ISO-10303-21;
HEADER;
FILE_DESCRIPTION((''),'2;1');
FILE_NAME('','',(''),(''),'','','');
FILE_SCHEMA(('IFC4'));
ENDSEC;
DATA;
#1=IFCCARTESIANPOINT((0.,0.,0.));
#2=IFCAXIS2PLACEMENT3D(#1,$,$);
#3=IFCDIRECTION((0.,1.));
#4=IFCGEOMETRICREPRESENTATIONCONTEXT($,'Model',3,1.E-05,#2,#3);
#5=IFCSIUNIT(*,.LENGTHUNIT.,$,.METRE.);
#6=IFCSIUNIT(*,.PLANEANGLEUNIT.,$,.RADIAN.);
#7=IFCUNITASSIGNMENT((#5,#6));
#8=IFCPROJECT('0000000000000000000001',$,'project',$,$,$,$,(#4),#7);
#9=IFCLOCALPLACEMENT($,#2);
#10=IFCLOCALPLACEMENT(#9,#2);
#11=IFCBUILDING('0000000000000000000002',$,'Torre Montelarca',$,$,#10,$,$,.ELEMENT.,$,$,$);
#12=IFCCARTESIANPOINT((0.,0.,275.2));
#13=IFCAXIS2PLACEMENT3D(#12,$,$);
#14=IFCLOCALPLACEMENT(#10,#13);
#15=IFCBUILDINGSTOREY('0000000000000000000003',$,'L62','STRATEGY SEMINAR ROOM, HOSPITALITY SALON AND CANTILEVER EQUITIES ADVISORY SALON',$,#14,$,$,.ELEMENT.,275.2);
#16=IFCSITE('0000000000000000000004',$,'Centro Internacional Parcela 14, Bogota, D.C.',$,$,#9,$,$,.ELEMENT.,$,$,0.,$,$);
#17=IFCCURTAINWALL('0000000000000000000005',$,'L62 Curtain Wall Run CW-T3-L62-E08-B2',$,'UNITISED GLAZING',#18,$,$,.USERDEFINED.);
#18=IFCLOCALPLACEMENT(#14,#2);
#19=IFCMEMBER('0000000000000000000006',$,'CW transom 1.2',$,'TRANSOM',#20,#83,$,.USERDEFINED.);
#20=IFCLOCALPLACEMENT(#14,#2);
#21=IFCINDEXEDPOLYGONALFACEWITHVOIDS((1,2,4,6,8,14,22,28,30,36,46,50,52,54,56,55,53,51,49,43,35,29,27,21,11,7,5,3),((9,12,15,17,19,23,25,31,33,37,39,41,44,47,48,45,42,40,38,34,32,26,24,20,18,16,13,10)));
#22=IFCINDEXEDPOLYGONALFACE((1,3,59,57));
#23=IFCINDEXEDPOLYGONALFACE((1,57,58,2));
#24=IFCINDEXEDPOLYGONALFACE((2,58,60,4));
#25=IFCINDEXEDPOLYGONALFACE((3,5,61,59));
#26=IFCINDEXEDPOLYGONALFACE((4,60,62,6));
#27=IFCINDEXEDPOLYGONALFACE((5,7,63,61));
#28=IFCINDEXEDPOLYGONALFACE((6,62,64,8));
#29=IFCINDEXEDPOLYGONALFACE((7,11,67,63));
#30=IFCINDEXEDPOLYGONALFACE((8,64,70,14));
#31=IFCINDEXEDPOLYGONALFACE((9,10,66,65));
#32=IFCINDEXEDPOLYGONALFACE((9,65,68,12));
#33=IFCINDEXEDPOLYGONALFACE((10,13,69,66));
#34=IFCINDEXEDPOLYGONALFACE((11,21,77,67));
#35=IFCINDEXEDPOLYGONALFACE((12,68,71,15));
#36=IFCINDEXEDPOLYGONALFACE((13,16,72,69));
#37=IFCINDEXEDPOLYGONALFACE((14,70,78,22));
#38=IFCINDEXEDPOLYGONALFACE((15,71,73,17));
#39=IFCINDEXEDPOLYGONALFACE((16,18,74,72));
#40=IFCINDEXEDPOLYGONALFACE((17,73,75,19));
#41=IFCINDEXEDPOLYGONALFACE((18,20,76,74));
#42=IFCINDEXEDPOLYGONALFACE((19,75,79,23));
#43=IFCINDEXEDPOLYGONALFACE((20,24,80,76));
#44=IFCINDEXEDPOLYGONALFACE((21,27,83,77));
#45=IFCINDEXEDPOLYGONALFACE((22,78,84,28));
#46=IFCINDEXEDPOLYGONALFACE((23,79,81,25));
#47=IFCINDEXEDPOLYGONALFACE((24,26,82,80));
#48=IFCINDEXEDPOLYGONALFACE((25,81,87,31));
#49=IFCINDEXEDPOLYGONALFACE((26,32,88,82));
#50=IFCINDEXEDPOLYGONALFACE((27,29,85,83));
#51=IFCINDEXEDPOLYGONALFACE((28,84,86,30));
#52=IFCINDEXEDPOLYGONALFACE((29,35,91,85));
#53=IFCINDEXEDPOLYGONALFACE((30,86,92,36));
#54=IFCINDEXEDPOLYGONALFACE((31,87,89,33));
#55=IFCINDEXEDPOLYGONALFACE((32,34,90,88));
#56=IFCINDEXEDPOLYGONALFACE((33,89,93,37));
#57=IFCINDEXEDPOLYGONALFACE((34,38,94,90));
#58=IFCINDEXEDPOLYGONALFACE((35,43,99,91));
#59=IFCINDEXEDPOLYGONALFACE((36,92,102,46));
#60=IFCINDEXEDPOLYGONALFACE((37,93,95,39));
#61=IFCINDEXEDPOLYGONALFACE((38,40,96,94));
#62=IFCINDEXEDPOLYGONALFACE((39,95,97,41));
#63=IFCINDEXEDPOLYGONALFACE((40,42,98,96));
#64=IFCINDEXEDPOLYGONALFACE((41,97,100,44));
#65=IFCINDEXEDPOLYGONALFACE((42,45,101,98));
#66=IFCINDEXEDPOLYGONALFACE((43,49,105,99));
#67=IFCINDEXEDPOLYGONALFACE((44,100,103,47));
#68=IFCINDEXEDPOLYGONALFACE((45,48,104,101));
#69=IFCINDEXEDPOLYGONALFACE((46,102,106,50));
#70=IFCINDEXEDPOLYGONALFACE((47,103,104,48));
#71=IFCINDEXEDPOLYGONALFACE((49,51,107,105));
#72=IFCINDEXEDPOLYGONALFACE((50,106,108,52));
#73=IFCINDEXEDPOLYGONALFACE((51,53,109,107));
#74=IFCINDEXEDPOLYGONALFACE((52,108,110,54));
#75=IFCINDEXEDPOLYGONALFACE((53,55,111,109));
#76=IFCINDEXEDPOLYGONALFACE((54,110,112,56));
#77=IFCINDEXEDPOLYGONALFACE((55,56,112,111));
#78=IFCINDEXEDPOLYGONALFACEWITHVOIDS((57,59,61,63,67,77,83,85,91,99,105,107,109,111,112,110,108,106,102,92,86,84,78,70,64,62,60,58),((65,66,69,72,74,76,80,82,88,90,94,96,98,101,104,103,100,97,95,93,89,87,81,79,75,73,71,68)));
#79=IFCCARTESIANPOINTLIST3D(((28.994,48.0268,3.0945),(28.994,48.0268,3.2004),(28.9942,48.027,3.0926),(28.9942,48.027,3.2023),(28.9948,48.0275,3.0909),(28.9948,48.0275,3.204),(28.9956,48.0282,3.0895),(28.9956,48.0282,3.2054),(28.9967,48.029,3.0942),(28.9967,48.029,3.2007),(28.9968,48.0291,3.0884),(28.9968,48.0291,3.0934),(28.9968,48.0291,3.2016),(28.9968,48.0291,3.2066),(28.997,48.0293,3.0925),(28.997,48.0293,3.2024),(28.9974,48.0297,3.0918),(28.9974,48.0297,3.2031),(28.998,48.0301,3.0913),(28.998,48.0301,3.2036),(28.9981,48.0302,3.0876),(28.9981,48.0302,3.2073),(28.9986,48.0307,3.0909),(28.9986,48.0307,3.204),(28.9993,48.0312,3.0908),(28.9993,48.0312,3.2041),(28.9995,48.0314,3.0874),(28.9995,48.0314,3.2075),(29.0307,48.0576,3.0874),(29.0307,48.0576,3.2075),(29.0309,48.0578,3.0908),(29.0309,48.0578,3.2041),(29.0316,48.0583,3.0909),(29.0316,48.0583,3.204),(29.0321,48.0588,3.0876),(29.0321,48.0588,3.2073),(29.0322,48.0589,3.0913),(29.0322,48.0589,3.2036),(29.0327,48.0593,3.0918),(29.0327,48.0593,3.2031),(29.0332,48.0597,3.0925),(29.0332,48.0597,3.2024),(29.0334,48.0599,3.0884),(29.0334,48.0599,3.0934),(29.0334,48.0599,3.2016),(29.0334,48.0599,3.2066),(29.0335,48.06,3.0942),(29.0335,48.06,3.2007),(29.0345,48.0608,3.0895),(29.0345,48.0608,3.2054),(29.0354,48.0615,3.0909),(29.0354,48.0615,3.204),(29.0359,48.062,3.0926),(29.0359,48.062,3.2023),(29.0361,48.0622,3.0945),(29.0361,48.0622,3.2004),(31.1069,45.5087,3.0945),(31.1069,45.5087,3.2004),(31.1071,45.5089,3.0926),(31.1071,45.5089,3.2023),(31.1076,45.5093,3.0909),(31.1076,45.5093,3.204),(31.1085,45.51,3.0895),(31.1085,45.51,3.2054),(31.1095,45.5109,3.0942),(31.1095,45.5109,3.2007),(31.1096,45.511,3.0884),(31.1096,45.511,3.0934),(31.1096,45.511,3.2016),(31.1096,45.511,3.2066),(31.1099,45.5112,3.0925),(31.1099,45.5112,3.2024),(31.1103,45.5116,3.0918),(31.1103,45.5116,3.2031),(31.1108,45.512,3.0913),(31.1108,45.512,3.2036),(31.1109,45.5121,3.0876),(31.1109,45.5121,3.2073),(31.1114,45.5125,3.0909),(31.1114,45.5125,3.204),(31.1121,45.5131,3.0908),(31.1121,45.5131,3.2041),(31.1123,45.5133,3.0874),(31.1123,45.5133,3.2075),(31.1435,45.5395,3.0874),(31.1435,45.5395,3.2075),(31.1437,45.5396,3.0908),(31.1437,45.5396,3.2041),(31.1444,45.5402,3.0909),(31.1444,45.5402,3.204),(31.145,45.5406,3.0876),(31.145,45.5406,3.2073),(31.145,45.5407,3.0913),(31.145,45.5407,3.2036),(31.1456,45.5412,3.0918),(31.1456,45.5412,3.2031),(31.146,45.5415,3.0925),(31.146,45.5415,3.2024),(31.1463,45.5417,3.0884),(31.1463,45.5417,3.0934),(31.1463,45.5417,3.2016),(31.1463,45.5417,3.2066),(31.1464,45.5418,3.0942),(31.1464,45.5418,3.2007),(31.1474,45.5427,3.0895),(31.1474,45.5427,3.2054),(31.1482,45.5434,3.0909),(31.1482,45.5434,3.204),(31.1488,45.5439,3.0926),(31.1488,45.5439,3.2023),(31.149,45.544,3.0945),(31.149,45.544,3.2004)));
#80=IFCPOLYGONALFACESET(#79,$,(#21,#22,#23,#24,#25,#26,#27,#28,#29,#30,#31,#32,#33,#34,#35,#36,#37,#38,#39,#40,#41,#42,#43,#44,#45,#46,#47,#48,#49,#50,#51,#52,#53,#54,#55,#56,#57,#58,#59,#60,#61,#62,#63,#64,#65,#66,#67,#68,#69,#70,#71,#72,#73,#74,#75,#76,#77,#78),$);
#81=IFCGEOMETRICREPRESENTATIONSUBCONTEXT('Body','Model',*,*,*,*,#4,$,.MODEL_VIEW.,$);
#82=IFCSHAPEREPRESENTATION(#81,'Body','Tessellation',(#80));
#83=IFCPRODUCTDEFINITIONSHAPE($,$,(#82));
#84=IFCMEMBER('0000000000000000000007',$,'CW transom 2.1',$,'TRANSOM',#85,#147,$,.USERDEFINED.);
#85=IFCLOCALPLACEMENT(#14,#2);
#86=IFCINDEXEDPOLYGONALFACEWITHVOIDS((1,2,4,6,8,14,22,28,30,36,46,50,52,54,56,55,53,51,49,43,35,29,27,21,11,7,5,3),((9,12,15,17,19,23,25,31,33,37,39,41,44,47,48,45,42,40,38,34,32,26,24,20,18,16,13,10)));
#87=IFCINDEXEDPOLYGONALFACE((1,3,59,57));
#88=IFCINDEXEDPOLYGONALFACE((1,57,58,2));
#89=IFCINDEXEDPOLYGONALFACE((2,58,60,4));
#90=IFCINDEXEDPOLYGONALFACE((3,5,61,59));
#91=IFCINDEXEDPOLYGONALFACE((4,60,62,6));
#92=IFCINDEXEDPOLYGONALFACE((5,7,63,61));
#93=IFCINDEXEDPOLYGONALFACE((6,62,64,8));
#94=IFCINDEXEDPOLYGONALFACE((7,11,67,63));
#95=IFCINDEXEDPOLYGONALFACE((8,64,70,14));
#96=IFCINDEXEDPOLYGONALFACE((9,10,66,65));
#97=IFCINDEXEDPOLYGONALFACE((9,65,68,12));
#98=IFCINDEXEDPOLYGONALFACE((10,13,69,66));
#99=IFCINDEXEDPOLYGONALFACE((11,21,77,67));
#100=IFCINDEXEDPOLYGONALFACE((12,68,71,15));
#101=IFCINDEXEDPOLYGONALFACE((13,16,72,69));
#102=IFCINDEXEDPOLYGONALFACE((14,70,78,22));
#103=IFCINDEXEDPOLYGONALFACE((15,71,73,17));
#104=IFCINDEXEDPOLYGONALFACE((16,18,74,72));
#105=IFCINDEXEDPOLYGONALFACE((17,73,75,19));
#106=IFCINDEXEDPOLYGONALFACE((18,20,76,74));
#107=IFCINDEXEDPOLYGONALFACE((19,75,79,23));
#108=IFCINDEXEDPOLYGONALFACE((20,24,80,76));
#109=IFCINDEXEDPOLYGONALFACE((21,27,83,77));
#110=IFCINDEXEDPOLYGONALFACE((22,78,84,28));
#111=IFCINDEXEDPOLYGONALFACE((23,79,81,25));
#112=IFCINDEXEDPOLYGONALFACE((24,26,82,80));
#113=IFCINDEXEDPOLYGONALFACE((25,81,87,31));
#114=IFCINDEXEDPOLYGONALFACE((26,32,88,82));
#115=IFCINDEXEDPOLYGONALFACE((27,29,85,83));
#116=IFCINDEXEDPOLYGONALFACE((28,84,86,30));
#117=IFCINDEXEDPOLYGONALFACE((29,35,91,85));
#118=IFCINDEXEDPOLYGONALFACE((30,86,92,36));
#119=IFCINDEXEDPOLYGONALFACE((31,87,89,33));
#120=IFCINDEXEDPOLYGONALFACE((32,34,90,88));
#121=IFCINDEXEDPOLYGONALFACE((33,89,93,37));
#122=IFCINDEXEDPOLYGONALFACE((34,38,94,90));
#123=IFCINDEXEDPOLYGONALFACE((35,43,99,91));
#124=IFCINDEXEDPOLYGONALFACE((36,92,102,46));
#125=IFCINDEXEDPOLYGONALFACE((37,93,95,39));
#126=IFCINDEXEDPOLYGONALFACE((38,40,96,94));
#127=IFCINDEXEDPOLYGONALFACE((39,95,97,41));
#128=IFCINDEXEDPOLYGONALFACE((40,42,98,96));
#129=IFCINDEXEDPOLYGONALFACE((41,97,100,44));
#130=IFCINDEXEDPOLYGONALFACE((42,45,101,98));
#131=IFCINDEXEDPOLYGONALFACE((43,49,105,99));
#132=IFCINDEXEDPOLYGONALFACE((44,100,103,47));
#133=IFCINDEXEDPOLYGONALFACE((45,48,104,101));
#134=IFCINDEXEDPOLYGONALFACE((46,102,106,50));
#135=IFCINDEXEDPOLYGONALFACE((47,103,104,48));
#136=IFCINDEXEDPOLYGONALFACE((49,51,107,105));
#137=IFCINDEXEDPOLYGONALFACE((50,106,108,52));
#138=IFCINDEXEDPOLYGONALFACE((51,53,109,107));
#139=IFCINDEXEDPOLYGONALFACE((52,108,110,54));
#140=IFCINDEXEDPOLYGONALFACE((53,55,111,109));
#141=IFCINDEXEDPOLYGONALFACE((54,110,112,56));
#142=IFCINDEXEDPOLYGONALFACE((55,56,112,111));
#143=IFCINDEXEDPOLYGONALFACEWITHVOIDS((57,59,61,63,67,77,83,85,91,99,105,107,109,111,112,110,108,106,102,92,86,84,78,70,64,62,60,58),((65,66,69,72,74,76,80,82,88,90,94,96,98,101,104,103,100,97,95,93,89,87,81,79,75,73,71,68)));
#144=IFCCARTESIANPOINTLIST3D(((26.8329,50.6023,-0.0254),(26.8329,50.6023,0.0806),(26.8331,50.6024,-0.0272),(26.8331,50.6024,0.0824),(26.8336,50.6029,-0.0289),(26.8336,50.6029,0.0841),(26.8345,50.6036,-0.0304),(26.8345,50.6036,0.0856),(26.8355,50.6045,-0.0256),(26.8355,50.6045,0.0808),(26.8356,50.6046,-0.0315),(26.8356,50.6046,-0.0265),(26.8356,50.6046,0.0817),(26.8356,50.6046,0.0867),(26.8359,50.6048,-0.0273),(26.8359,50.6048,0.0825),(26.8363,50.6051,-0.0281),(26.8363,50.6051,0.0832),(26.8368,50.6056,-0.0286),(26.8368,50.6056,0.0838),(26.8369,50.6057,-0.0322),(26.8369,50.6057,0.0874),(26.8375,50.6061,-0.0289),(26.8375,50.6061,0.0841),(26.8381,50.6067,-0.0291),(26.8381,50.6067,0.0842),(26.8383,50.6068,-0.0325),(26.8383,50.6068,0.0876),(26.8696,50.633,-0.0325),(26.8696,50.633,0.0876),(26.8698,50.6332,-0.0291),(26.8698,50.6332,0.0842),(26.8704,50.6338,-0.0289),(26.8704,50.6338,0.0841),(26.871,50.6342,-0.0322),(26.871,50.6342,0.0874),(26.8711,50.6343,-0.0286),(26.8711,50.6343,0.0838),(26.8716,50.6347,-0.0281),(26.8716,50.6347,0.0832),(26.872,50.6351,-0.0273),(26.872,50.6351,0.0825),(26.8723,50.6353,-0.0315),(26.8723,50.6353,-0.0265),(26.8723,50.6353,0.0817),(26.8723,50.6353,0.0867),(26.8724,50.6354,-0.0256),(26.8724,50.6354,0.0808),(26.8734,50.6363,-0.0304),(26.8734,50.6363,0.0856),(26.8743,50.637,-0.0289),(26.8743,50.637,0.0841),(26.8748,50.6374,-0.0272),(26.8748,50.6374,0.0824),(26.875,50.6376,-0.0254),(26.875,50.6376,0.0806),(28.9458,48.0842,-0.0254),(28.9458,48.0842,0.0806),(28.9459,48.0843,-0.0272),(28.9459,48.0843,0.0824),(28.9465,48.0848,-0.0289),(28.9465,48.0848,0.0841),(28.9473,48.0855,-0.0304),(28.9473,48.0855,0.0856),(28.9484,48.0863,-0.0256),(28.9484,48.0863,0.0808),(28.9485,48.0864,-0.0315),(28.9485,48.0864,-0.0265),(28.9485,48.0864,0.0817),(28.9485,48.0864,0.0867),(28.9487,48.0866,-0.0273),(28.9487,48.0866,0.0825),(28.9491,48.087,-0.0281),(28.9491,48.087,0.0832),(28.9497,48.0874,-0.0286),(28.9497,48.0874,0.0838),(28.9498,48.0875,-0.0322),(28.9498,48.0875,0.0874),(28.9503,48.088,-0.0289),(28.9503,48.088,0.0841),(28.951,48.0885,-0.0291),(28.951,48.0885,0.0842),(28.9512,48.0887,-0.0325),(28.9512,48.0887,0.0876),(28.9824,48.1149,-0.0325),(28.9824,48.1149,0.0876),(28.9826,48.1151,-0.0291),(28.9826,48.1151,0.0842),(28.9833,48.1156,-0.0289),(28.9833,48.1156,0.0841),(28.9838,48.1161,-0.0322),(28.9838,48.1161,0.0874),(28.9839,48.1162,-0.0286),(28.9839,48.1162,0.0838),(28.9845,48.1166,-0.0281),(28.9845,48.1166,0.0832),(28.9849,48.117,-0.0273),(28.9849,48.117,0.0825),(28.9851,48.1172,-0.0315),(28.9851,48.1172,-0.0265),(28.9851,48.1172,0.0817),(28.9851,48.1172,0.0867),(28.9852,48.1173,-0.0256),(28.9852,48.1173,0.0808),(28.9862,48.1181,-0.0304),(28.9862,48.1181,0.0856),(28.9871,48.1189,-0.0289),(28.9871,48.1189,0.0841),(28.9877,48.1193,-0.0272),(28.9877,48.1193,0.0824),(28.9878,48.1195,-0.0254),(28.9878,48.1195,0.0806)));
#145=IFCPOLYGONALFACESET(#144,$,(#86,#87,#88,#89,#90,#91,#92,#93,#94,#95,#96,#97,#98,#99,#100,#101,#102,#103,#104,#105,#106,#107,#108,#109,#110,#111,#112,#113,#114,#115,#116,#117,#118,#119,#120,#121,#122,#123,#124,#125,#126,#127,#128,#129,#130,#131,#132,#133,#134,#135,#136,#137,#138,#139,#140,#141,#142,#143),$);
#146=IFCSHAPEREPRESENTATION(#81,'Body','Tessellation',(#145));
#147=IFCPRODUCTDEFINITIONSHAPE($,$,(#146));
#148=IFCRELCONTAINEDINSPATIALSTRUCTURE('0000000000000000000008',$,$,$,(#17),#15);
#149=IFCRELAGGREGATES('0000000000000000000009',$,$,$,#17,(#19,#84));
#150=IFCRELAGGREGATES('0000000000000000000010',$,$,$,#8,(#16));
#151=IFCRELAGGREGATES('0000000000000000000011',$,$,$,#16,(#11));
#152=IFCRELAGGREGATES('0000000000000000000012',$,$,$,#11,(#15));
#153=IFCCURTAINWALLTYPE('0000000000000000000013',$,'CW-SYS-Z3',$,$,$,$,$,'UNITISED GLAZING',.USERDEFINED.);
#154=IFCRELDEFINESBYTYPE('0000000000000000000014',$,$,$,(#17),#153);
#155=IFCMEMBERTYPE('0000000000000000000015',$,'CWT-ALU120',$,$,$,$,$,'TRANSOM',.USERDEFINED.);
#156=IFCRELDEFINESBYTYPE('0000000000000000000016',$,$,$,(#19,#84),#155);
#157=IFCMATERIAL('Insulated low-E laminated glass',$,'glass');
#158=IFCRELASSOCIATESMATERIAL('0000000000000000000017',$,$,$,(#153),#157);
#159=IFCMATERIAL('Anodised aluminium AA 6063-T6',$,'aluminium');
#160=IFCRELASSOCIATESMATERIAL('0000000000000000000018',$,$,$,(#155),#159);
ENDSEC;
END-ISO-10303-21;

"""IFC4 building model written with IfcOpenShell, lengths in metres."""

from ifc_helpers import new_model, si_unit, direction, frame, origin, origin_2d, place, context, subcontext, project, spatial, hollow_rectangle, extrude, source, transform, mapped, material, material_profile, profile_set, type_object, element, aggregate, save


model = new_model("IFC4")

# Units and contexts
model_context = context("Model", 3, precision=1e-05, world=origin(), true_north=direction((0.0, 1.0)))
body_context = subcontext(model_context, "Body", "Model", "MODEL_VIEW")
ifc_project = project(units=[si_unit("LENGTHUNIT", "METRE"), si_unit("PLANEANGLEUNIT", "RADIAN")], contexts=[model_context])

# Site, building, storey
site_placement = place(None, origin())
site = spatial("IfcSite", under=ifc_project, at=site_placement, Name="Centro Internacional Parcela 14, Bogota, D.C.", CompositionType="ELEMENT", RefElevation=0.0)
building_placement = place(site_placement, origin())
building = spatial("IfcBuilding", under=site, at=building_placement, Name="Torre Montelarca", CompositionType="ELEMENT")
storey_placement = place(building_placement, frame((0.0, 0.0, 275.2)))
storey = spatial("IfcBuildingStorey", under=building, at=storey_placement, Name="L62", Description="STRATEGY SEMINAR ROOM, HOSPITALITY SALON AND CANTILEVER EQUITIES ADVISORY SALON", CompositionType="ELEMENT", Elevation=275.2)

# Shared definitions
ifc_material_1 = material(Name="Insulated low-E laminated glass", Category="glass")
curtain_wall_type = type_object("IfcCurtainWallType", Name="CW-SYS-Z3", ElementType="UNITISED GLAZING", PredefinedType="USERDEFINED", material=ifc_material_1)
ifc_material_2 = material(Name="Anodised aluminium AA 6063-T6", Category="aluminium")

# Curtain wall
curtain_wall_1_placement = place(storey_placement, origin())
curtain_wall_1 = element("IfcCurtainWall", 1, at=curtain_wall_1_placement, inside=storey, type_object=curtain_wall_type, Name="L62 Curtain Wall Run CW-T3-L62-E08-B2", ObjectType="UNITISED GLAZING", PredefinedType="USERDEFINED")

# Members
ifc_material_profile_1 = material_profile(ifc_material_2, hollow_rectangle(XDim=0.0549, YDim=0.1201, WallThickness=0.0034, InnerFilletRadius=0.0034, OuterFilletRadius=0.0071, at=origin_2d()), Name="ALU55X120X3.5", Category="aluminium")
ifc_profile_set_1 = profile_set([ifc_material_profile_1], Name="Anodised aluminium AA 6063-T6")
member_type_1 = type_object("IfcMemberType", Name="CWT-ALU120", ElementType="TRANSOM", PredefinedType="USERDEFINED", material=ifc_profile_set_1)
shared_shape_1 = source(origin(), body_context, "Body", "SweptSolid", [
    extrude(hollow_rectangle(XDim=0.0549, YDim=0.1201, WallThickness=0.0034, InnerFilletRadius=0.0034, OuterFilletRadius=0.0071, at=origin_2d()), origin(), (0.0, 0.0, 1.0), 3.2871),
])
member_1_placement = place(storey_placement, frame((31.1279, 45.5264, 3.1475), z_axis=(-0.642767, 0.766062, 0.0), x_axis=(-0.766062, -0.642767, 0.0)))
member_1 = element("IfcMember", 2, at=member_1_placement, type_object=member_type_1, Name="CW transom 1.2", ObjectType="TRANSOM", PredefinedType="USERDEFINED", context=body_context, shape_type="MappedRepresentation", body=[
    mapped(shared_shape_1, transform((0.0, 0.0, 0.0), scale=1.0)),
])
member_2_placement = place(storey_placement, frame((28.9668, 48.1018, 0.0276), z_axis=(-0.642767, 0.766062, 0.0), x_axis=(-0.766062, -0.642767, 0.0)))
member_2 = element("IfcMember", 3, at=member_2_placement, type_object=member_type_1, Name="CW transom 2.1", ObjectType="TRANSOM", PredefinedType="USERDEFINED", context=body_context, shape_type="MappedRepresentation", body=[
    mapped(shared_shape_1, transform((0.0, 0.0, 0.0), scale=1.0)),
])

aggregate(curtain_wall_1, [member_1, member_2])

save(model, "model.ifc")
